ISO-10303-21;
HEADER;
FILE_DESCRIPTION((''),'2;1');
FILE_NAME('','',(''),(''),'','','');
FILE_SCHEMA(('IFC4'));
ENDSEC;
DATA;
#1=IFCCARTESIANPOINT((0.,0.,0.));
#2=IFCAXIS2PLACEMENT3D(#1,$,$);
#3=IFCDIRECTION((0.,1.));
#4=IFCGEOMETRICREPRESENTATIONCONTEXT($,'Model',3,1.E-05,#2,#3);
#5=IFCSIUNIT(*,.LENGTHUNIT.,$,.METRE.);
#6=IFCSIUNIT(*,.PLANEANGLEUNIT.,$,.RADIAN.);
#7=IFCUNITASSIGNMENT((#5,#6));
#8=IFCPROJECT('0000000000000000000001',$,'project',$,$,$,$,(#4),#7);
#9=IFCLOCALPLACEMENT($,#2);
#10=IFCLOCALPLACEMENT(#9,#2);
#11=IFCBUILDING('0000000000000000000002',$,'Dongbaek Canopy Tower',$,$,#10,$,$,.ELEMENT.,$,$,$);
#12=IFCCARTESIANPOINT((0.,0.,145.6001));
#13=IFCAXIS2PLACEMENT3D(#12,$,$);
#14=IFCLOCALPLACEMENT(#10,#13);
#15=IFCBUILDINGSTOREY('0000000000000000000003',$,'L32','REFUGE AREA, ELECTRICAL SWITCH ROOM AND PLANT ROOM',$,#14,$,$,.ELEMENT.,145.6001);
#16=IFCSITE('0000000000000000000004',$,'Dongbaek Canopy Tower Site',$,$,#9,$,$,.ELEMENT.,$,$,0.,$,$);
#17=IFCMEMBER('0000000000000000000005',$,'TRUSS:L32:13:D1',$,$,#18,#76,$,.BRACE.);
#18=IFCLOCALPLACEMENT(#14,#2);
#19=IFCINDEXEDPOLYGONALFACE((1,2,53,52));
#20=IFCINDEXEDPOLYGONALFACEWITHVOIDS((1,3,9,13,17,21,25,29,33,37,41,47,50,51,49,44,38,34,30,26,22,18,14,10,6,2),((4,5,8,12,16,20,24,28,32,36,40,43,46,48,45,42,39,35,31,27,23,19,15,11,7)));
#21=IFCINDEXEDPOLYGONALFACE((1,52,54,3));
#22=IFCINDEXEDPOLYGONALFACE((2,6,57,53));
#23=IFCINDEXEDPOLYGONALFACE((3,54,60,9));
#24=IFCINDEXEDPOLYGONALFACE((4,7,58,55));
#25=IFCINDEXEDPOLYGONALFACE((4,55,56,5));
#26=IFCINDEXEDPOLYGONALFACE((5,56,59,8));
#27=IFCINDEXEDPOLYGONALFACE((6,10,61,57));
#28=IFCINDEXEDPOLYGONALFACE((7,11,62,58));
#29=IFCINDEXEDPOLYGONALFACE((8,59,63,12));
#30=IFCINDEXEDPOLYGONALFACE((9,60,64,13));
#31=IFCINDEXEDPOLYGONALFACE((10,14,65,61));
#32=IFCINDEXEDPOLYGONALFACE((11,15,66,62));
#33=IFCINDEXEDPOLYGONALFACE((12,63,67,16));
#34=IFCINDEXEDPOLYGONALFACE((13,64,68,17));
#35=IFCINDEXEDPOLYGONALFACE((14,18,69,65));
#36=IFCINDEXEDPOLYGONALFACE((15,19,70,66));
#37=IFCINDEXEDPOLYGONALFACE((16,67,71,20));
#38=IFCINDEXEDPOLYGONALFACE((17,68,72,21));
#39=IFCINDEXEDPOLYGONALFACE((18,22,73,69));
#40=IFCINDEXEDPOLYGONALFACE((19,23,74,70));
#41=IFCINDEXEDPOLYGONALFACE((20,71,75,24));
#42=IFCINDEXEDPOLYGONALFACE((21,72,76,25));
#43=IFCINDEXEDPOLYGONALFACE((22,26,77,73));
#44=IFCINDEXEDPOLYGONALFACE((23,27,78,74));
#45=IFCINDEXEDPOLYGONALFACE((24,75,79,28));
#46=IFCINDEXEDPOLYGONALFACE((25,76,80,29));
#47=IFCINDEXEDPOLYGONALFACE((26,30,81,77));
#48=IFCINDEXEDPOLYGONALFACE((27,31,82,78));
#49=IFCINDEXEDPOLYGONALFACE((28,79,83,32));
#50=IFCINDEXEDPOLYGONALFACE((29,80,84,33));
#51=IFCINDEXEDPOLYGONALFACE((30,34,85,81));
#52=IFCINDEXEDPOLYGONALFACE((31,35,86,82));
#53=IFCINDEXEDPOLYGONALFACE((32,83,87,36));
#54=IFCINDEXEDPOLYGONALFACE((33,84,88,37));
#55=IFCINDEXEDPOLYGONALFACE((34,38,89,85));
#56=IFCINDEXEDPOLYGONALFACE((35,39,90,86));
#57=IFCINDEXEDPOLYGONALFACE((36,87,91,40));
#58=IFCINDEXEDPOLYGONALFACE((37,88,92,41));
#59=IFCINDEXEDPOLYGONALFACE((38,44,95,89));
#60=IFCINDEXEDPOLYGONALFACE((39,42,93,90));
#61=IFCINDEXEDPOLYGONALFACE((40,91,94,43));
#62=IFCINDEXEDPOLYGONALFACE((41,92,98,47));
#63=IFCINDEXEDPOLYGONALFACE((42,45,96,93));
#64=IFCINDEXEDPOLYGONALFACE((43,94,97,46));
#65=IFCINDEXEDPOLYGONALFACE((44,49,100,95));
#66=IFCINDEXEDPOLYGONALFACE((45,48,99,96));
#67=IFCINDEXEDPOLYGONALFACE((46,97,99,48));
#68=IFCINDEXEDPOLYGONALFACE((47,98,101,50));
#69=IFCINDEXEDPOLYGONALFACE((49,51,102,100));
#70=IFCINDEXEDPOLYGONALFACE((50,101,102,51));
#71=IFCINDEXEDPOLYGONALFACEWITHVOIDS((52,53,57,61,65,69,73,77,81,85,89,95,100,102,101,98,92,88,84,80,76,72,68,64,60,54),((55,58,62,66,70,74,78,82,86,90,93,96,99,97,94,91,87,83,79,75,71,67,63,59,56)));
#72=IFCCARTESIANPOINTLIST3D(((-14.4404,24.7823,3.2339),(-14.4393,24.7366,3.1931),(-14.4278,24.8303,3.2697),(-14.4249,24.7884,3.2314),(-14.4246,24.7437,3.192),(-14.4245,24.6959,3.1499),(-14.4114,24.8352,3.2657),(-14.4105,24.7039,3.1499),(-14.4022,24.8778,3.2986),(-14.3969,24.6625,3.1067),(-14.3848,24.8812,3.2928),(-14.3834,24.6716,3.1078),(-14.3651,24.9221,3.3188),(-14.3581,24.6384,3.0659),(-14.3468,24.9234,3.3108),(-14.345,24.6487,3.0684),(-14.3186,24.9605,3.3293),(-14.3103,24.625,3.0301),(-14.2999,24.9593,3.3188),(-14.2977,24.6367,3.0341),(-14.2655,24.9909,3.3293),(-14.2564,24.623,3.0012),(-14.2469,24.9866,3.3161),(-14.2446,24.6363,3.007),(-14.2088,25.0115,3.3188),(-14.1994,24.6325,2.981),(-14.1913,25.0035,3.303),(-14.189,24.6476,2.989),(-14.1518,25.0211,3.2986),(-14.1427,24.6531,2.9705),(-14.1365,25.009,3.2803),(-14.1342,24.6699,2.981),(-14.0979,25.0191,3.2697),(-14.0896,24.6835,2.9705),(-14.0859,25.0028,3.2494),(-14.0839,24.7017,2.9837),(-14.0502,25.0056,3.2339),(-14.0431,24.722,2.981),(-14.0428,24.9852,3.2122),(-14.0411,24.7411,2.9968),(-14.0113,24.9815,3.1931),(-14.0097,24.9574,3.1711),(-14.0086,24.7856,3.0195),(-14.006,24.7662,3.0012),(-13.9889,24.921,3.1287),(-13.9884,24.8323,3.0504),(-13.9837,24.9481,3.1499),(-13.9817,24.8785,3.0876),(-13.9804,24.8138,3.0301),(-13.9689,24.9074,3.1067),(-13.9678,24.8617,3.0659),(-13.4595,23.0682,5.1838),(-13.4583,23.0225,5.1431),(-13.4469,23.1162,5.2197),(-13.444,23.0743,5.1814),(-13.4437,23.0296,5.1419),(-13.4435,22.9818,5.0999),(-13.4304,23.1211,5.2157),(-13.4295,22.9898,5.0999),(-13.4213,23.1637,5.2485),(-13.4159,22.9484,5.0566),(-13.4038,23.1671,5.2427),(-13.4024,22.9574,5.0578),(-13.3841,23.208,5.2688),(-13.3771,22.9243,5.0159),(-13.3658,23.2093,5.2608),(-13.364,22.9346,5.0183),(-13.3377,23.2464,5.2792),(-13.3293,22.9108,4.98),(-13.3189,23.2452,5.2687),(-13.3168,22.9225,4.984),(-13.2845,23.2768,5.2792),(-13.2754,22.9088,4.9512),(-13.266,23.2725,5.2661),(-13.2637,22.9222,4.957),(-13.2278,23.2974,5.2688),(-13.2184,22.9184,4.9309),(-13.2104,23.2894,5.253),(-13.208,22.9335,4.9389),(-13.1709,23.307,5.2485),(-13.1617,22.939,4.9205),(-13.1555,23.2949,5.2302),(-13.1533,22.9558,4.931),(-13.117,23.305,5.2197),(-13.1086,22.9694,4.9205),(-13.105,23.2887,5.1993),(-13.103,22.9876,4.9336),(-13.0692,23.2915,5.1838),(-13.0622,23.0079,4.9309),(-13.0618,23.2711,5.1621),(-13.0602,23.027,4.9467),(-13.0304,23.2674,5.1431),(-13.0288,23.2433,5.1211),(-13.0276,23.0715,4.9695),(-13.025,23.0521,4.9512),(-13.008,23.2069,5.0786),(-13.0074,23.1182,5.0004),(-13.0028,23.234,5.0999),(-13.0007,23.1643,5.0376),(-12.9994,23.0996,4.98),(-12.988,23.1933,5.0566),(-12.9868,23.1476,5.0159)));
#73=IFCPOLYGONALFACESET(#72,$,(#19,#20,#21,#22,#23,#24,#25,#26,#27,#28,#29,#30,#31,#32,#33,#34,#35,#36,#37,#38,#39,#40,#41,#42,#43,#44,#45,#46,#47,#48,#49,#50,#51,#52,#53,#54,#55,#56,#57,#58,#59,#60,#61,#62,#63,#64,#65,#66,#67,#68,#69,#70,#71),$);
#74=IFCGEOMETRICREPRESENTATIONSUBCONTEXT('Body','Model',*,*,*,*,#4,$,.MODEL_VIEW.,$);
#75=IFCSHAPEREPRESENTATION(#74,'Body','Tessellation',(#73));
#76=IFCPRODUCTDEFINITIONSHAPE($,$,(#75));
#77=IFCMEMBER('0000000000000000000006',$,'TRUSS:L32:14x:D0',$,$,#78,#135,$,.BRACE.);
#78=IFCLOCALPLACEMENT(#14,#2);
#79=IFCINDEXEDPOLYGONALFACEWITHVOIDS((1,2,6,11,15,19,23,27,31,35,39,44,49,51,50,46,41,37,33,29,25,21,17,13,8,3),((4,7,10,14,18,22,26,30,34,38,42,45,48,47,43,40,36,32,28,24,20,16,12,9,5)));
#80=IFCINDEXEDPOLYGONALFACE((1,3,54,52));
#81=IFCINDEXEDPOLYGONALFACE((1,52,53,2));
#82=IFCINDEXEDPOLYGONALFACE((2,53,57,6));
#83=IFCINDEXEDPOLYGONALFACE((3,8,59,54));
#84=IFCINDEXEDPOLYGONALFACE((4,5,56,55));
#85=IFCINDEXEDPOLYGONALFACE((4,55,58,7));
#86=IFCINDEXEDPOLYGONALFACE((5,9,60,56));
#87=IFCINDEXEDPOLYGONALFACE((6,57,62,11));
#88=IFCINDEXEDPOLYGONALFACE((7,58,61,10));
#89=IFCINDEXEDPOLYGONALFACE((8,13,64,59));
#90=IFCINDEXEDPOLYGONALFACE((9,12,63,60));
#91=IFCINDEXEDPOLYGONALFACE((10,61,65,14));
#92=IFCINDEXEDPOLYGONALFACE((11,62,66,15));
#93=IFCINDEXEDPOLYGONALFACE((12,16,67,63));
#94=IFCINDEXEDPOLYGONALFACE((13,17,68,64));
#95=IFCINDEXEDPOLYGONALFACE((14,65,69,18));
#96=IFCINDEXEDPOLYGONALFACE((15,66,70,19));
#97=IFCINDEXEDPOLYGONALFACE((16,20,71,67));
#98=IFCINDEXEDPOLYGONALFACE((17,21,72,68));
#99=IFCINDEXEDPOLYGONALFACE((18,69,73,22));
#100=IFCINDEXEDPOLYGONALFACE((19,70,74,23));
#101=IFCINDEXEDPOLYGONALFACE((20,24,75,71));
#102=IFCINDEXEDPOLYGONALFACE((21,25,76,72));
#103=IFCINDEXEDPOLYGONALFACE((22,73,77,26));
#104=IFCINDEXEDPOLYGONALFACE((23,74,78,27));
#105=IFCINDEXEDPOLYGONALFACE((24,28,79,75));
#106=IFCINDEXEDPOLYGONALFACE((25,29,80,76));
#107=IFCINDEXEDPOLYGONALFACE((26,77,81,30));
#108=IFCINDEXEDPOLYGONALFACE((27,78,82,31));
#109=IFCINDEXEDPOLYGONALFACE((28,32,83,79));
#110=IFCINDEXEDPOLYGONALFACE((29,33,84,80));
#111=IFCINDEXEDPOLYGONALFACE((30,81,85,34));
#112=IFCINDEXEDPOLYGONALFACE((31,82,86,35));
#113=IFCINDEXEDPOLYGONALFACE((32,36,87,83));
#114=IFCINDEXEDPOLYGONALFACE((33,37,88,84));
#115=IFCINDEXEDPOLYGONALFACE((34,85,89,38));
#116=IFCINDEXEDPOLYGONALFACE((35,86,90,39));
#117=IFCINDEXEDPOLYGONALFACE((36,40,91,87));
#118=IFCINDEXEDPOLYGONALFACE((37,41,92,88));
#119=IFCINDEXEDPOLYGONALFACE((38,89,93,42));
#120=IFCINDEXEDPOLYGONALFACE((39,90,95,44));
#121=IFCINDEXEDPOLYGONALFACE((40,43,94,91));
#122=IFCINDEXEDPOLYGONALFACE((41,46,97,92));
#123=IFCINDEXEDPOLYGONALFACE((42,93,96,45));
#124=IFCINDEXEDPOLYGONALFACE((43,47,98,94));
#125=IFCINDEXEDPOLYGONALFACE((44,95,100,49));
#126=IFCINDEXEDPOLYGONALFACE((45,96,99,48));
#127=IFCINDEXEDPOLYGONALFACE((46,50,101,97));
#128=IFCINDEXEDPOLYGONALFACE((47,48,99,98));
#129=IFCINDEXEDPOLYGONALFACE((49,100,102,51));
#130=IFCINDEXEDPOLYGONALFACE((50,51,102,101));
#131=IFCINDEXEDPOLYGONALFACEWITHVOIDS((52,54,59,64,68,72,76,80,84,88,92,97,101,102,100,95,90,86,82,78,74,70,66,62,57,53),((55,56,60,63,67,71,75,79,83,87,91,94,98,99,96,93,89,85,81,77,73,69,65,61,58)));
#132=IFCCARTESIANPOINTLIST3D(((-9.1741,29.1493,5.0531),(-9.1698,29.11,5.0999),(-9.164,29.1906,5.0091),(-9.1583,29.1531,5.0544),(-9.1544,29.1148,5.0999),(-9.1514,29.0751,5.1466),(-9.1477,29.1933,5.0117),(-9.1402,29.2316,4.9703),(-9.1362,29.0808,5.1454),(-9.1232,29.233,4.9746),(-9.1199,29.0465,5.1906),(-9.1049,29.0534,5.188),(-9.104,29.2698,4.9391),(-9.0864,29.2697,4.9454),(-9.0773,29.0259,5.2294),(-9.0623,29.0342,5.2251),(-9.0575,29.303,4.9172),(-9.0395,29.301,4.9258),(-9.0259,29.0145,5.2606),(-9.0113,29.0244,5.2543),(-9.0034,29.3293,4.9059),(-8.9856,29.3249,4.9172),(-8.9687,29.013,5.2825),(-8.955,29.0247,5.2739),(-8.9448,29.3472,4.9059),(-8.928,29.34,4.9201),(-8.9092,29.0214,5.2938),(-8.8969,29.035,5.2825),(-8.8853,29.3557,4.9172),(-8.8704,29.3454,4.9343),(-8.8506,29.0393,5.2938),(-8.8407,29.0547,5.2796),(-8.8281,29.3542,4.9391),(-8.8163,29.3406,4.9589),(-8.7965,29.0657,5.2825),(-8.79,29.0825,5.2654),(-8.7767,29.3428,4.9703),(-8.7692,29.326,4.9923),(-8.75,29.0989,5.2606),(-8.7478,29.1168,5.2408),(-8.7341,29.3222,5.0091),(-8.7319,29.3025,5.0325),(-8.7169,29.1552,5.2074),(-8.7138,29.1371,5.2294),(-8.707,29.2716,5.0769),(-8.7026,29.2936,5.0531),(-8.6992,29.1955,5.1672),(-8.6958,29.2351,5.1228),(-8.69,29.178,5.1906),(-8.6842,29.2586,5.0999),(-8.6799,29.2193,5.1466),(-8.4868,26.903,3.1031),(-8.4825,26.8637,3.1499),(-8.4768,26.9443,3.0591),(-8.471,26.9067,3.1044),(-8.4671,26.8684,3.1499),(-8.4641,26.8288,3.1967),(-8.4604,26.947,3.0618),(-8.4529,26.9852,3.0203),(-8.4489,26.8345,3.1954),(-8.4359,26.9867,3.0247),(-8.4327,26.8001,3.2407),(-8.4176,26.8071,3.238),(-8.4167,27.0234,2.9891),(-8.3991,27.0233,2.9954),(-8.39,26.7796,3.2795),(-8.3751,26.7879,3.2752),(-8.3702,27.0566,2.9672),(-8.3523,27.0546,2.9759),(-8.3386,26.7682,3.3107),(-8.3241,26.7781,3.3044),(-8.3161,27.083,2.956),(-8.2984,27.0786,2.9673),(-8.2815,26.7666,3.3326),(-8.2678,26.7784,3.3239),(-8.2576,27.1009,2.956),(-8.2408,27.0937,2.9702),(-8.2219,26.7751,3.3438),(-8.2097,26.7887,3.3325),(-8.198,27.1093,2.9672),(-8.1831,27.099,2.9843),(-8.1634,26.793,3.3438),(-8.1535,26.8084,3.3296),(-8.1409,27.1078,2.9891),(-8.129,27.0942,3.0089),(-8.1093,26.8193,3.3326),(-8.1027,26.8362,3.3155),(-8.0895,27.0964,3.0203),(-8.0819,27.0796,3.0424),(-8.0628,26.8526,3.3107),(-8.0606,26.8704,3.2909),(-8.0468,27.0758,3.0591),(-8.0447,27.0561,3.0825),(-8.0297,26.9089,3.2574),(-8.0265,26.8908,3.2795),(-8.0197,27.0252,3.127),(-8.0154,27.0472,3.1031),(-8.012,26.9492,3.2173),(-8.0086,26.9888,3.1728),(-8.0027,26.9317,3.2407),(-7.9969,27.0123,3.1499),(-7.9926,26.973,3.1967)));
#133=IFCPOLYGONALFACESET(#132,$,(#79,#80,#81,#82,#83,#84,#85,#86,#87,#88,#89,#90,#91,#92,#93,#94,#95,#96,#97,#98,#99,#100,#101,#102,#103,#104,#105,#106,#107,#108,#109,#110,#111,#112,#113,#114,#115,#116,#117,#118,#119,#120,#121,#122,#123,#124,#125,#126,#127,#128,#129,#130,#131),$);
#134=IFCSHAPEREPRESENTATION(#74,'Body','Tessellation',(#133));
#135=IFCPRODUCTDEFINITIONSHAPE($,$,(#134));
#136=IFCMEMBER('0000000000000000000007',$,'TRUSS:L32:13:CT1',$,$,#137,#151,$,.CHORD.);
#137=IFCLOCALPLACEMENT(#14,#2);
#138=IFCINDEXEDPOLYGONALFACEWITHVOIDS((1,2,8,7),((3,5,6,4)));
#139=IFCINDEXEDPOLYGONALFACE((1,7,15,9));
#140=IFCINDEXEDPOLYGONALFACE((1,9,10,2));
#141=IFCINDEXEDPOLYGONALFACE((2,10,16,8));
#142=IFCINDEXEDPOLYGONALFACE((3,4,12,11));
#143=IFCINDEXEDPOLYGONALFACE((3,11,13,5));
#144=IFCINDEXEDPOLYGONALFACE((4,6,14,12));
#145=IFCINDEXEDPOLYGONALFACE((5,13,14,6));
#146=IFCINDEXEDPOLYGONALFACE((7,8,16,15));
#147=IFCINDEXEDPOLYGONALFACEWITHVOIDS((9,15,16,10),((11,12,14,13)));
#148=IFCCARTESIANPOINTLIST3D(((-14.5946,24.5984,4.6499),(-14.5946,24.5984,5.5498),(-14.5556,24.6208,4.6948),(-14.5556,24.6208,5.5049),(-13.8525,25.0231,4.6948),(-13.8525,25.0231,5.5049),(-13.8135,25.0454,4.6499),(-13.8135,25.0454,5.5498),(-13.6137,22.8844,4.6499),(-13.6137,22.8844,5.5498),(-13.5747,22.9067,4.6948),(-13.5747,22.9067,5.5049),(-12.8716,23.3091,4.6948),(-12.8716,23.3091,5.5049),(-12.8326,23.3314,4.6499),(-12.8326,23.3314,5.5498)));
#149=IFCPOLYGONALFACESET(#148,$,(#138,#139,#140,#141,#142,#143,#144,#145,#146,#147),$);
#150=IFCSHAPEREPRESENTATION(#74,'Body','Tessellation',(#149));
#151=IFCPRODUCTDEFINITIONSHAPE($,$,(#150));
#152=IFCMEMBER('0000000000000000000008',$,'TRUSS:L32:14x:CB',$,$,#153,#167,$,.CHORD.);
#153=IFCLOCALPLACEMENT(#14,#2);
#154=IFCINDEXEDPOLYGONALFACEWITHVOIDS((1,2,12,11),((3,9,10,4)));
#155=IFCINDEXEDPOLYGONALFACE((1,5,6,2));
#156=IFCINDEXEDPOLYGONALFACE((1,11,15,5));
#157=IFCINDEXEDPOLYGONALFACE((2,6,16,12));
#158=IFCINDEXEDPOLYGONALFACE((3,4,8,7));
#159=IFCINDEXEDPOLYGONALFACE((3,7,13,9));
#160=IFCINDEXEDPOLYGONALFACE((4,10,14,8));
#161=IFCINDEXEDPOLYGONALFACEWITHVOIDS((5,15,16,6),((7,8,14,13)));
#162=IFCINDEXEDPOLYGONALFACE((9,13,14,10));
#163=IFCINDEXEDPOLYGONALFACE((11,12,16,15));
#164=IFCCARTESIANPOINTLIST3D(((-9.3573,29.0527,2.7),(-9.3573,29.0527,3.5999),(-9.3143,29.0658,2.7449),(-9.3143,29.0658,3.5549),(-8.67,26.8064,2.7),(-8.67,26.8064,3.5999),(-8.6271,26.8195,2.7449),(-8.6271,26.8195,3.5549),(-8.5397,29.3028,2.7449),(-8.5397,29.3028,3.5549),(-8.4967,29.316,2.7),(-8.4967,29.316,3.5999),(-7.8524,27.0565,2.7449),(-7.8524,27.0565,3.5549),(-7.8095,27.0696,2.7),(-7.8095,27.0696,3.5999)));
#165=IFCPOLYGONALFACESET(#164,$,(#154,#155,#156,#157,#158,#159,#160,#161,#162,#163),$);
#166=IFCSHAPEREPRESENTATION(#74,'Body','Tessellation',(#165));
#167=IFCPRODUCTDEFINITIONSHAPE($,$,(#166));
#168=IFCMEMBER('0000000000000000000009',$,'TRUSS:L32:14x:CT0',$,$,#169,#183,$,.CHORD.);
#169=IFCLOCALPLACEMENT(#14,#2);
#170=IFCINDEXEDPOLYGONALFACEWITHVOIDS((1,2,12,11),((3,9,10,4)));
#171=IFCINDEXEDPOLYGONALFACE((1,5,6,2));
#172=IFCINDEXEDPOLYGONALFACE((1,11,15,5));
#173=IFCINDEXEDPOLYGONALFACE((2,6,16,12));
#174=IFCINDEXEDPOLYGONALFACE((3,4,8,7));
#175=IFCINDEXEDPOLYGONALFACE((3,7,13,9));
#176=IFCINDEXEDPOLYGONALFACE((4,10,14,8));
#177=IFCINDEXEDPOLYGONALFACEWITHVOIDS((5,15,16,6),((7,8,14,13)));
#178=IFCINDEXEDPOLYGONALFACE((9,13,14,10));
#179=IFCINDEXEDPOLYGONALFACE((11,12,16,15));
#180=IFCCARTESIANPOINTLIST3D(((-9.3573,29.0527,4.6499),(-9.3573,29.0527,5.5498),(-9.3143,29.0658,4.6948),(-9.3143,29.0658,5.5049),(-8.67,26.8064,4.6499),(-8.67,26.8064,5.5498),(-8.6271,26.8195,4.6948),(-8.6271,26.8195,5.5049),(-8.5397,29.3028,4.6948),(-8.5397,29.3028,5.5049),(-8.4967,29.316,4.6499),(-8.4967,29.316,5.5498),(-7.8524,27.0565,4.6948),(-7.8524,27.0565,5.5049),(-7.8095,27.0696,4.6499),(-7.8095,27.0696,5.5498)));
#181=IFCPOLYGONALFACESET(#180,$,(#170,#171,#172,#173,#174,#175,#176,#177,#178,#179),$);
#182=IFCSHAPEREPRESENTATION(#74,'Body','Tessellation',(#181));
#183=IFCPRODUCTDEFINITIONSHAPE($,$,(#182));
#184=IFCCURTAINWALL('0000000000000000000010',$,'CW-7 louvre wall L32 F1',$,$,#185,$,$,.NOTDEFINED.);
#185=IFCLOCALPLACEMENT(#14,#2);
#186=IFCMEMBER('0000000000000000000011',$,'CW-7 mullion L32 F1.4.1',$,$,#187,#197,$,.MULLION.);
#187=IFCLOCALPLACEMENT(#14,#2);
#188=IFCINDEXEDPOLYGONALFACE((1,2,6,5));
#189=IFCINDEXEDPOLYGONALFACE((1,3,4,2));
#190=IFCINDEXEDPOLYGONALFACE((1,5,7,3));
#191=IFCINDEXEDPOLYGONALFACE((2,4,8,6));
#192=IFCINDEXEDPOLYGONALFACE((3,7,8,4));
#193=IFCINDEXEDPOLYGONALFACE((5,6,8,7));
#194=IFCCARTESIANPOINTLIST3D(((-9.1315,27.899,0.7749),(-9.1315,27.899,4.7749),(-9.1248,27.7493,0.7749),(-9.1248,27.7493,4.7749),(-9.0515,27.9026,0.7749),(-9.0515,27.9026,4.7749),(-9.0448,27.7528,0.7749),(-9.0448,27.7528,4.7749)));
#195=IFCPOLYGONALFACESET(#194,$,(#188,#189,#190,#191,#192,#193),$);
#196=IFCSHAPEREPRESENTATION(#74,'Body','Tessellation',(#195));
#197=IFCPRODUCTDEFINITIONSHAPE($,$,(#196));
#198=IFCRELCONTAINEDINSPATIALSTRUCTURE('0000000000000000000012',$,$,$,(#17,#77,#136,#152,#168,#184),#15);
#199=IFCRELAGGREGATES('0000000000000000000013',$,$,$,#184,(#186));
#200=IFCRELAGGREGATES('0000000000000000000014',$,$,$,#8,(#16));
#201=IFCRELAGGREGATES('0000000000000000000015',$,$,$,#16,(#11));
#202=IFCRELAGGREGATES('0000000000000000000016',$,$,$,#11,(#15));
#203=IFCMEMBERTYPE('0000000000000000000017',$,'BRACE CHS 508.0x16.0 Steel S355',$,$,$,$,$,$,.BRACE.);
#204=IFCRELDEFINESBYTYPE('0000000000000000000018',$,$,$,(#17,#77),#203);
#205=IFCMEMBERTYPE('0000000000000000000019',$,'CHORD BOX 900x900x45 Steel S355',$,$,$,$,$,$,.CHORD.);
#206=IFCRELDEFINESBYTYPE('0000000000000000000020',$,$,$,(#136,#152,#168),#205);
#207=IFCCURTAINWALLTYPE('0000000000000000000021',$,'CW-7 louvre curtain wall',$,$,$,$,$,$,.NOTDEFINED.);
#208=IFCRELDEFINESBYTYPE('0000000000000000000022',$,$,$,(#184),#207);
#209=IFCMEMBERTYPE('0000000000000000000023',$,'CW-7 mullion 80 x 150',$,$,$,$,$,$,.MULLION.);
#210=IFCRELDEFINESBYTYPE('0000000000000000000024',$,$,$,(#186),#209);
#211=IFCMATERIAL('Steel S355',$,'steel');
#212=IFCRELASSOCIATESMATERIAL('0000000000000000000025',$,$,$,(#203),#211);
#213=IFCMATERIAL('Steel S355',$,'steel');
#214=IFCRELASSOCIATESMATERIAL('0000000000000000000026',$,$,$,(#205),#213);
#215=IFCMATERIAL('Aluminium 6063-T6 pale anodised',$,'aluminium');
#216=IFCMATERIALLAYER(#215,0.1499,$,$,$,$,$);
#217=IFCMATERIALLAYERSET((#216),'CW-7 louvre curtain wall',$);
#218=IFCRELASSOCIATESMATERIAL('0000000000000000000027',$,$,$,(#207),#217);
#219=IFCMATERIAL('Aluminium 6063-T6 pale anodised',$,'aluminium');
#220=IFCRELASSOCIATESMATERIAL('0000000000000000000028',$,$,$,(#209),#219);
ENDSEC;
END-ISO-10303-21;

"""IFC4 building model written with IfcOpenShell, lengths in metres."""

from ifc_helpers import new_model, si_unit, direction, frame, origin, origin_2d, place, context, subcontext, project, spatial, rectangle, hollow_rectangle, hollow_circle, extrude, material, layer, layer_set, material_profile, profile_set, type_object, element, aggregate, save


model = new_model("IFC4")

# Units and contexts
model_context = context("Model", 3, precision=1e-05, world=origin(), true_north=direction((0.0, 1.0)))
body_context = subcontext(model_context, "Body", "Model", "MODEL_VIEW")
ifc_project = project(units=[si_unit("LENGTHUNIT", "METRE"), si_unit("PLANEANGLEUNIT", "RADIAN")], contexts=[model_context])

# Site, building, storey
site_placement = place(None, origin())
site = spatial("IfcSite", under=ifc_project, at=site_placement, Name="Dongbaek Canopy Tower Site", CompositionType="ELEMENT", RefElevation=0.0)
building_placement = place(site_placement, origin())
building = spatial("IfcBuilding", under=site, at=building_placement, Name="Dongbaek Canopy Tower", CompositionType="ELEMENT")
storey_placement = place(building_placement, frame((0.0, 0.0, 145.6001)))
storey = spatial("IfcBuildingStorey", under=building, at=storey_placement, Name="L32", Description="REFUGE AREA, ELECTRICAL SWITCH ROOM AND PLANT ROOM", CompositionType="ELEMENT", Elevation=145.6001)

# Members
ifc_material_1 = material(Name="Steel S355", Category="steel")
ifc_material_profile_1 = material_profile(ifc_material_1, hollow_circle(Radius=0.2539, WallThickness=0.0161, at=origin_2d()), Name="BRACE CHS 508.0x16.0 Steel S355")
ifc_profile_set_1 = profile_set([ifc_material_profile_1], Name="Steel S355")
member_type_1 = type_object("IfcMemberType", Name="BRACE CHS 508.0x16.0 Steel S355", PredefinedType="BRACE", material=ifc_profile_set_1)
member_1_placement = place(storey_placement, frame((-13.2231, 23.1079, 5.0999), z_axis=(-0.353449, 0.617612, -0.702588), x_axis=(-0.867923, -0.496698, 0.0)))
element("IfcMember", 1, at=member_1_placement, inside=storey, type_object=member_type_1, Name="TRUSS:L32:13:D1", PredefinedType="BRACE", context=body_context, shape_type="SweptSolid", body=[
    extrude(hollow_circle(Radius=0.2539, WallThickness=0.0161, at=origin_2d()), origin(), (0.0, 0.0, 1.0), 2.7754),
])
member_2_placement = place(storey_placement, frame((-8.2397, 26.938, 3.1499), z_axis=(-0.22511, 0.735786, 0.638705), x_axis=(-0.956247, -0.292559, 0.0)))
element("IfcMember", 2, at=member_2_placement, inside=storey, type_object=member_type_1, Name="TRUSS:L32:14x:D0", PredefinedType="BRACE", context=body_context, shape_type="SweptSolid", body=[
    extrude(hollow_circle(Radius=0.2539, WallThickness=0.0161, at=origin_2d()), origin(), (0.0, 0.0, 1.0), 3.053),
])
ifc_material_2 = material(Name="Steel S355", Category="steel")
ifc_material_profile_2 = material_profile(ifc_material_2, hollow_rectangle(XDim=0.8999, YDim=0.8999, WallThickness=0.0449, at=origin_2d()), Name="CHORD BOX 900x900x45 Steel S355")
ifc_profile_set_2 = profile_set([ifc_material_profile_2], Name="Steel S355")
member_type_2 = type_object("IfcMemberType", Name="CHORD BOX 900x900x45 Steel S355", PredefinedType="CHORD", material=ifc_profile_set_2)
member_3_placement = place(storey_placement, frame((-13.2231, 23.1079, 5.0999), z_axis=(-0.496698, 0.867923, 0.0), x_axis=(-0.867923, -0.496698, 0.0)))
element("IfcMember", 3, at=member_3_placement, inside=storey, type_object=member_type_2, Name="TRUSS:L32:13:CT1", PredefinedType="CHORD", context=body_context, shape_type="SweptSolid", body=[
    extrude(hollow_rectangle(XDim=0.8999, YDim=0.8999, WallThickness=0.0449, at=origin_2d()), origin(), (0.0, 0.0, 1.0), 1.9749),
])
for number, where, z_axis, x_axis, name in (
    (4, (-8.2397, 26.938, 3.1499), (-0.292559, 0.956247, 0.0), (-0.956247, -0.292559, 0.0), "TRUSS:L32:14x:CB"),
    (5, (-8.2397, 26.938, 5.0999), (-0.292559, 0.956247, 0.0), (-0.956247, -0.292559, 0.0), "TRUSS:L32:14x:CT0"),
):
    element("IfcMember", number, at=place(storey_placement, frame(where, z_axis=z_axis, x_axis=x_axis)), inside=storey, type_object=member_type_2, Name=name, PredefinedType="CHORD", context=body_context, shape_type="SweptSolid", body=[
        extrude(hollow_rectangle(XDim=0.8999, YDim=0.8999, WallThickness=0.0449, at=origin_2d()), origin(), (0.0, 0.0, 1.0), 2.3491),
    ])

# Curtain wall, member
ifc_material_3 = material(Name="Aluminium 6063-T6 pale anodised", Category="aluminium")
ifc_layer_1 = layer(ifc_material_3, 0.1499)
ifc_layer_set_1 = layer_set([ifc_layer_1], Name="CW-7 louvre curtain wall")
curtain_wall_type = type_object("IfcCurtainWallType", Name="CW-7 louvre curtain wall", PredefinedType="NOTDEFINED", material=ifc_layer_set_1)
curtain_wall_1_placement = place(storey_placement, origin())
curtain_wall_1 = element("IfcCurtainWall", 6, at=curtain_wall_1_placement, inside=storey, type_object=curtain_wall_type, Name="CW-7 louvre wall L32 F1", PredefinedType="NOTDEFINED")
ifc_material_4 = material(Name="Aluminium 6063-T6 pale anodised", Category="aluminium")
ifc_material_profile_3 = material_profile(ifc_material_4, rectangle(XDim=0.1499, YDim=0.0801, at=origin_2d()), Name="CW-7 mullion 80 x 150")
ifc_profile_set_3 = profile_set([ifc_material_profile_3], Name="Aluminium 6063-T6 pale anodised")
member_type_3 = type_object("IfcMemberType", Name="CW-7 mullion 80 x 150", PredefinedType="MULLION", material=ifc_profile_set_3)
member_4_placement = place(storey_placement, frame((-9.0881, 27.8259, 0.7749), z_axis=(0.0, 0.0, 1.0), x_axis=(-0.04436, 0.999016, 0.0)))
member_4 = element("IfcMember", 7, at=member_4_placement, type_object=member_type_3, Name="CW-7 mullion L32 F1.4.1", PredefinedType="MULLION", context=body_context, shape_type="SweptSolid", body=[
    extrude(rectangle(XDim=0.1499, YDim=0.0801, at=origin_2d()), origin(), (0.0, 0.0, 1.0), 4.0),
])

aggregate(curtain_wall_1, [member_4])

save(model, "model.ifc")
